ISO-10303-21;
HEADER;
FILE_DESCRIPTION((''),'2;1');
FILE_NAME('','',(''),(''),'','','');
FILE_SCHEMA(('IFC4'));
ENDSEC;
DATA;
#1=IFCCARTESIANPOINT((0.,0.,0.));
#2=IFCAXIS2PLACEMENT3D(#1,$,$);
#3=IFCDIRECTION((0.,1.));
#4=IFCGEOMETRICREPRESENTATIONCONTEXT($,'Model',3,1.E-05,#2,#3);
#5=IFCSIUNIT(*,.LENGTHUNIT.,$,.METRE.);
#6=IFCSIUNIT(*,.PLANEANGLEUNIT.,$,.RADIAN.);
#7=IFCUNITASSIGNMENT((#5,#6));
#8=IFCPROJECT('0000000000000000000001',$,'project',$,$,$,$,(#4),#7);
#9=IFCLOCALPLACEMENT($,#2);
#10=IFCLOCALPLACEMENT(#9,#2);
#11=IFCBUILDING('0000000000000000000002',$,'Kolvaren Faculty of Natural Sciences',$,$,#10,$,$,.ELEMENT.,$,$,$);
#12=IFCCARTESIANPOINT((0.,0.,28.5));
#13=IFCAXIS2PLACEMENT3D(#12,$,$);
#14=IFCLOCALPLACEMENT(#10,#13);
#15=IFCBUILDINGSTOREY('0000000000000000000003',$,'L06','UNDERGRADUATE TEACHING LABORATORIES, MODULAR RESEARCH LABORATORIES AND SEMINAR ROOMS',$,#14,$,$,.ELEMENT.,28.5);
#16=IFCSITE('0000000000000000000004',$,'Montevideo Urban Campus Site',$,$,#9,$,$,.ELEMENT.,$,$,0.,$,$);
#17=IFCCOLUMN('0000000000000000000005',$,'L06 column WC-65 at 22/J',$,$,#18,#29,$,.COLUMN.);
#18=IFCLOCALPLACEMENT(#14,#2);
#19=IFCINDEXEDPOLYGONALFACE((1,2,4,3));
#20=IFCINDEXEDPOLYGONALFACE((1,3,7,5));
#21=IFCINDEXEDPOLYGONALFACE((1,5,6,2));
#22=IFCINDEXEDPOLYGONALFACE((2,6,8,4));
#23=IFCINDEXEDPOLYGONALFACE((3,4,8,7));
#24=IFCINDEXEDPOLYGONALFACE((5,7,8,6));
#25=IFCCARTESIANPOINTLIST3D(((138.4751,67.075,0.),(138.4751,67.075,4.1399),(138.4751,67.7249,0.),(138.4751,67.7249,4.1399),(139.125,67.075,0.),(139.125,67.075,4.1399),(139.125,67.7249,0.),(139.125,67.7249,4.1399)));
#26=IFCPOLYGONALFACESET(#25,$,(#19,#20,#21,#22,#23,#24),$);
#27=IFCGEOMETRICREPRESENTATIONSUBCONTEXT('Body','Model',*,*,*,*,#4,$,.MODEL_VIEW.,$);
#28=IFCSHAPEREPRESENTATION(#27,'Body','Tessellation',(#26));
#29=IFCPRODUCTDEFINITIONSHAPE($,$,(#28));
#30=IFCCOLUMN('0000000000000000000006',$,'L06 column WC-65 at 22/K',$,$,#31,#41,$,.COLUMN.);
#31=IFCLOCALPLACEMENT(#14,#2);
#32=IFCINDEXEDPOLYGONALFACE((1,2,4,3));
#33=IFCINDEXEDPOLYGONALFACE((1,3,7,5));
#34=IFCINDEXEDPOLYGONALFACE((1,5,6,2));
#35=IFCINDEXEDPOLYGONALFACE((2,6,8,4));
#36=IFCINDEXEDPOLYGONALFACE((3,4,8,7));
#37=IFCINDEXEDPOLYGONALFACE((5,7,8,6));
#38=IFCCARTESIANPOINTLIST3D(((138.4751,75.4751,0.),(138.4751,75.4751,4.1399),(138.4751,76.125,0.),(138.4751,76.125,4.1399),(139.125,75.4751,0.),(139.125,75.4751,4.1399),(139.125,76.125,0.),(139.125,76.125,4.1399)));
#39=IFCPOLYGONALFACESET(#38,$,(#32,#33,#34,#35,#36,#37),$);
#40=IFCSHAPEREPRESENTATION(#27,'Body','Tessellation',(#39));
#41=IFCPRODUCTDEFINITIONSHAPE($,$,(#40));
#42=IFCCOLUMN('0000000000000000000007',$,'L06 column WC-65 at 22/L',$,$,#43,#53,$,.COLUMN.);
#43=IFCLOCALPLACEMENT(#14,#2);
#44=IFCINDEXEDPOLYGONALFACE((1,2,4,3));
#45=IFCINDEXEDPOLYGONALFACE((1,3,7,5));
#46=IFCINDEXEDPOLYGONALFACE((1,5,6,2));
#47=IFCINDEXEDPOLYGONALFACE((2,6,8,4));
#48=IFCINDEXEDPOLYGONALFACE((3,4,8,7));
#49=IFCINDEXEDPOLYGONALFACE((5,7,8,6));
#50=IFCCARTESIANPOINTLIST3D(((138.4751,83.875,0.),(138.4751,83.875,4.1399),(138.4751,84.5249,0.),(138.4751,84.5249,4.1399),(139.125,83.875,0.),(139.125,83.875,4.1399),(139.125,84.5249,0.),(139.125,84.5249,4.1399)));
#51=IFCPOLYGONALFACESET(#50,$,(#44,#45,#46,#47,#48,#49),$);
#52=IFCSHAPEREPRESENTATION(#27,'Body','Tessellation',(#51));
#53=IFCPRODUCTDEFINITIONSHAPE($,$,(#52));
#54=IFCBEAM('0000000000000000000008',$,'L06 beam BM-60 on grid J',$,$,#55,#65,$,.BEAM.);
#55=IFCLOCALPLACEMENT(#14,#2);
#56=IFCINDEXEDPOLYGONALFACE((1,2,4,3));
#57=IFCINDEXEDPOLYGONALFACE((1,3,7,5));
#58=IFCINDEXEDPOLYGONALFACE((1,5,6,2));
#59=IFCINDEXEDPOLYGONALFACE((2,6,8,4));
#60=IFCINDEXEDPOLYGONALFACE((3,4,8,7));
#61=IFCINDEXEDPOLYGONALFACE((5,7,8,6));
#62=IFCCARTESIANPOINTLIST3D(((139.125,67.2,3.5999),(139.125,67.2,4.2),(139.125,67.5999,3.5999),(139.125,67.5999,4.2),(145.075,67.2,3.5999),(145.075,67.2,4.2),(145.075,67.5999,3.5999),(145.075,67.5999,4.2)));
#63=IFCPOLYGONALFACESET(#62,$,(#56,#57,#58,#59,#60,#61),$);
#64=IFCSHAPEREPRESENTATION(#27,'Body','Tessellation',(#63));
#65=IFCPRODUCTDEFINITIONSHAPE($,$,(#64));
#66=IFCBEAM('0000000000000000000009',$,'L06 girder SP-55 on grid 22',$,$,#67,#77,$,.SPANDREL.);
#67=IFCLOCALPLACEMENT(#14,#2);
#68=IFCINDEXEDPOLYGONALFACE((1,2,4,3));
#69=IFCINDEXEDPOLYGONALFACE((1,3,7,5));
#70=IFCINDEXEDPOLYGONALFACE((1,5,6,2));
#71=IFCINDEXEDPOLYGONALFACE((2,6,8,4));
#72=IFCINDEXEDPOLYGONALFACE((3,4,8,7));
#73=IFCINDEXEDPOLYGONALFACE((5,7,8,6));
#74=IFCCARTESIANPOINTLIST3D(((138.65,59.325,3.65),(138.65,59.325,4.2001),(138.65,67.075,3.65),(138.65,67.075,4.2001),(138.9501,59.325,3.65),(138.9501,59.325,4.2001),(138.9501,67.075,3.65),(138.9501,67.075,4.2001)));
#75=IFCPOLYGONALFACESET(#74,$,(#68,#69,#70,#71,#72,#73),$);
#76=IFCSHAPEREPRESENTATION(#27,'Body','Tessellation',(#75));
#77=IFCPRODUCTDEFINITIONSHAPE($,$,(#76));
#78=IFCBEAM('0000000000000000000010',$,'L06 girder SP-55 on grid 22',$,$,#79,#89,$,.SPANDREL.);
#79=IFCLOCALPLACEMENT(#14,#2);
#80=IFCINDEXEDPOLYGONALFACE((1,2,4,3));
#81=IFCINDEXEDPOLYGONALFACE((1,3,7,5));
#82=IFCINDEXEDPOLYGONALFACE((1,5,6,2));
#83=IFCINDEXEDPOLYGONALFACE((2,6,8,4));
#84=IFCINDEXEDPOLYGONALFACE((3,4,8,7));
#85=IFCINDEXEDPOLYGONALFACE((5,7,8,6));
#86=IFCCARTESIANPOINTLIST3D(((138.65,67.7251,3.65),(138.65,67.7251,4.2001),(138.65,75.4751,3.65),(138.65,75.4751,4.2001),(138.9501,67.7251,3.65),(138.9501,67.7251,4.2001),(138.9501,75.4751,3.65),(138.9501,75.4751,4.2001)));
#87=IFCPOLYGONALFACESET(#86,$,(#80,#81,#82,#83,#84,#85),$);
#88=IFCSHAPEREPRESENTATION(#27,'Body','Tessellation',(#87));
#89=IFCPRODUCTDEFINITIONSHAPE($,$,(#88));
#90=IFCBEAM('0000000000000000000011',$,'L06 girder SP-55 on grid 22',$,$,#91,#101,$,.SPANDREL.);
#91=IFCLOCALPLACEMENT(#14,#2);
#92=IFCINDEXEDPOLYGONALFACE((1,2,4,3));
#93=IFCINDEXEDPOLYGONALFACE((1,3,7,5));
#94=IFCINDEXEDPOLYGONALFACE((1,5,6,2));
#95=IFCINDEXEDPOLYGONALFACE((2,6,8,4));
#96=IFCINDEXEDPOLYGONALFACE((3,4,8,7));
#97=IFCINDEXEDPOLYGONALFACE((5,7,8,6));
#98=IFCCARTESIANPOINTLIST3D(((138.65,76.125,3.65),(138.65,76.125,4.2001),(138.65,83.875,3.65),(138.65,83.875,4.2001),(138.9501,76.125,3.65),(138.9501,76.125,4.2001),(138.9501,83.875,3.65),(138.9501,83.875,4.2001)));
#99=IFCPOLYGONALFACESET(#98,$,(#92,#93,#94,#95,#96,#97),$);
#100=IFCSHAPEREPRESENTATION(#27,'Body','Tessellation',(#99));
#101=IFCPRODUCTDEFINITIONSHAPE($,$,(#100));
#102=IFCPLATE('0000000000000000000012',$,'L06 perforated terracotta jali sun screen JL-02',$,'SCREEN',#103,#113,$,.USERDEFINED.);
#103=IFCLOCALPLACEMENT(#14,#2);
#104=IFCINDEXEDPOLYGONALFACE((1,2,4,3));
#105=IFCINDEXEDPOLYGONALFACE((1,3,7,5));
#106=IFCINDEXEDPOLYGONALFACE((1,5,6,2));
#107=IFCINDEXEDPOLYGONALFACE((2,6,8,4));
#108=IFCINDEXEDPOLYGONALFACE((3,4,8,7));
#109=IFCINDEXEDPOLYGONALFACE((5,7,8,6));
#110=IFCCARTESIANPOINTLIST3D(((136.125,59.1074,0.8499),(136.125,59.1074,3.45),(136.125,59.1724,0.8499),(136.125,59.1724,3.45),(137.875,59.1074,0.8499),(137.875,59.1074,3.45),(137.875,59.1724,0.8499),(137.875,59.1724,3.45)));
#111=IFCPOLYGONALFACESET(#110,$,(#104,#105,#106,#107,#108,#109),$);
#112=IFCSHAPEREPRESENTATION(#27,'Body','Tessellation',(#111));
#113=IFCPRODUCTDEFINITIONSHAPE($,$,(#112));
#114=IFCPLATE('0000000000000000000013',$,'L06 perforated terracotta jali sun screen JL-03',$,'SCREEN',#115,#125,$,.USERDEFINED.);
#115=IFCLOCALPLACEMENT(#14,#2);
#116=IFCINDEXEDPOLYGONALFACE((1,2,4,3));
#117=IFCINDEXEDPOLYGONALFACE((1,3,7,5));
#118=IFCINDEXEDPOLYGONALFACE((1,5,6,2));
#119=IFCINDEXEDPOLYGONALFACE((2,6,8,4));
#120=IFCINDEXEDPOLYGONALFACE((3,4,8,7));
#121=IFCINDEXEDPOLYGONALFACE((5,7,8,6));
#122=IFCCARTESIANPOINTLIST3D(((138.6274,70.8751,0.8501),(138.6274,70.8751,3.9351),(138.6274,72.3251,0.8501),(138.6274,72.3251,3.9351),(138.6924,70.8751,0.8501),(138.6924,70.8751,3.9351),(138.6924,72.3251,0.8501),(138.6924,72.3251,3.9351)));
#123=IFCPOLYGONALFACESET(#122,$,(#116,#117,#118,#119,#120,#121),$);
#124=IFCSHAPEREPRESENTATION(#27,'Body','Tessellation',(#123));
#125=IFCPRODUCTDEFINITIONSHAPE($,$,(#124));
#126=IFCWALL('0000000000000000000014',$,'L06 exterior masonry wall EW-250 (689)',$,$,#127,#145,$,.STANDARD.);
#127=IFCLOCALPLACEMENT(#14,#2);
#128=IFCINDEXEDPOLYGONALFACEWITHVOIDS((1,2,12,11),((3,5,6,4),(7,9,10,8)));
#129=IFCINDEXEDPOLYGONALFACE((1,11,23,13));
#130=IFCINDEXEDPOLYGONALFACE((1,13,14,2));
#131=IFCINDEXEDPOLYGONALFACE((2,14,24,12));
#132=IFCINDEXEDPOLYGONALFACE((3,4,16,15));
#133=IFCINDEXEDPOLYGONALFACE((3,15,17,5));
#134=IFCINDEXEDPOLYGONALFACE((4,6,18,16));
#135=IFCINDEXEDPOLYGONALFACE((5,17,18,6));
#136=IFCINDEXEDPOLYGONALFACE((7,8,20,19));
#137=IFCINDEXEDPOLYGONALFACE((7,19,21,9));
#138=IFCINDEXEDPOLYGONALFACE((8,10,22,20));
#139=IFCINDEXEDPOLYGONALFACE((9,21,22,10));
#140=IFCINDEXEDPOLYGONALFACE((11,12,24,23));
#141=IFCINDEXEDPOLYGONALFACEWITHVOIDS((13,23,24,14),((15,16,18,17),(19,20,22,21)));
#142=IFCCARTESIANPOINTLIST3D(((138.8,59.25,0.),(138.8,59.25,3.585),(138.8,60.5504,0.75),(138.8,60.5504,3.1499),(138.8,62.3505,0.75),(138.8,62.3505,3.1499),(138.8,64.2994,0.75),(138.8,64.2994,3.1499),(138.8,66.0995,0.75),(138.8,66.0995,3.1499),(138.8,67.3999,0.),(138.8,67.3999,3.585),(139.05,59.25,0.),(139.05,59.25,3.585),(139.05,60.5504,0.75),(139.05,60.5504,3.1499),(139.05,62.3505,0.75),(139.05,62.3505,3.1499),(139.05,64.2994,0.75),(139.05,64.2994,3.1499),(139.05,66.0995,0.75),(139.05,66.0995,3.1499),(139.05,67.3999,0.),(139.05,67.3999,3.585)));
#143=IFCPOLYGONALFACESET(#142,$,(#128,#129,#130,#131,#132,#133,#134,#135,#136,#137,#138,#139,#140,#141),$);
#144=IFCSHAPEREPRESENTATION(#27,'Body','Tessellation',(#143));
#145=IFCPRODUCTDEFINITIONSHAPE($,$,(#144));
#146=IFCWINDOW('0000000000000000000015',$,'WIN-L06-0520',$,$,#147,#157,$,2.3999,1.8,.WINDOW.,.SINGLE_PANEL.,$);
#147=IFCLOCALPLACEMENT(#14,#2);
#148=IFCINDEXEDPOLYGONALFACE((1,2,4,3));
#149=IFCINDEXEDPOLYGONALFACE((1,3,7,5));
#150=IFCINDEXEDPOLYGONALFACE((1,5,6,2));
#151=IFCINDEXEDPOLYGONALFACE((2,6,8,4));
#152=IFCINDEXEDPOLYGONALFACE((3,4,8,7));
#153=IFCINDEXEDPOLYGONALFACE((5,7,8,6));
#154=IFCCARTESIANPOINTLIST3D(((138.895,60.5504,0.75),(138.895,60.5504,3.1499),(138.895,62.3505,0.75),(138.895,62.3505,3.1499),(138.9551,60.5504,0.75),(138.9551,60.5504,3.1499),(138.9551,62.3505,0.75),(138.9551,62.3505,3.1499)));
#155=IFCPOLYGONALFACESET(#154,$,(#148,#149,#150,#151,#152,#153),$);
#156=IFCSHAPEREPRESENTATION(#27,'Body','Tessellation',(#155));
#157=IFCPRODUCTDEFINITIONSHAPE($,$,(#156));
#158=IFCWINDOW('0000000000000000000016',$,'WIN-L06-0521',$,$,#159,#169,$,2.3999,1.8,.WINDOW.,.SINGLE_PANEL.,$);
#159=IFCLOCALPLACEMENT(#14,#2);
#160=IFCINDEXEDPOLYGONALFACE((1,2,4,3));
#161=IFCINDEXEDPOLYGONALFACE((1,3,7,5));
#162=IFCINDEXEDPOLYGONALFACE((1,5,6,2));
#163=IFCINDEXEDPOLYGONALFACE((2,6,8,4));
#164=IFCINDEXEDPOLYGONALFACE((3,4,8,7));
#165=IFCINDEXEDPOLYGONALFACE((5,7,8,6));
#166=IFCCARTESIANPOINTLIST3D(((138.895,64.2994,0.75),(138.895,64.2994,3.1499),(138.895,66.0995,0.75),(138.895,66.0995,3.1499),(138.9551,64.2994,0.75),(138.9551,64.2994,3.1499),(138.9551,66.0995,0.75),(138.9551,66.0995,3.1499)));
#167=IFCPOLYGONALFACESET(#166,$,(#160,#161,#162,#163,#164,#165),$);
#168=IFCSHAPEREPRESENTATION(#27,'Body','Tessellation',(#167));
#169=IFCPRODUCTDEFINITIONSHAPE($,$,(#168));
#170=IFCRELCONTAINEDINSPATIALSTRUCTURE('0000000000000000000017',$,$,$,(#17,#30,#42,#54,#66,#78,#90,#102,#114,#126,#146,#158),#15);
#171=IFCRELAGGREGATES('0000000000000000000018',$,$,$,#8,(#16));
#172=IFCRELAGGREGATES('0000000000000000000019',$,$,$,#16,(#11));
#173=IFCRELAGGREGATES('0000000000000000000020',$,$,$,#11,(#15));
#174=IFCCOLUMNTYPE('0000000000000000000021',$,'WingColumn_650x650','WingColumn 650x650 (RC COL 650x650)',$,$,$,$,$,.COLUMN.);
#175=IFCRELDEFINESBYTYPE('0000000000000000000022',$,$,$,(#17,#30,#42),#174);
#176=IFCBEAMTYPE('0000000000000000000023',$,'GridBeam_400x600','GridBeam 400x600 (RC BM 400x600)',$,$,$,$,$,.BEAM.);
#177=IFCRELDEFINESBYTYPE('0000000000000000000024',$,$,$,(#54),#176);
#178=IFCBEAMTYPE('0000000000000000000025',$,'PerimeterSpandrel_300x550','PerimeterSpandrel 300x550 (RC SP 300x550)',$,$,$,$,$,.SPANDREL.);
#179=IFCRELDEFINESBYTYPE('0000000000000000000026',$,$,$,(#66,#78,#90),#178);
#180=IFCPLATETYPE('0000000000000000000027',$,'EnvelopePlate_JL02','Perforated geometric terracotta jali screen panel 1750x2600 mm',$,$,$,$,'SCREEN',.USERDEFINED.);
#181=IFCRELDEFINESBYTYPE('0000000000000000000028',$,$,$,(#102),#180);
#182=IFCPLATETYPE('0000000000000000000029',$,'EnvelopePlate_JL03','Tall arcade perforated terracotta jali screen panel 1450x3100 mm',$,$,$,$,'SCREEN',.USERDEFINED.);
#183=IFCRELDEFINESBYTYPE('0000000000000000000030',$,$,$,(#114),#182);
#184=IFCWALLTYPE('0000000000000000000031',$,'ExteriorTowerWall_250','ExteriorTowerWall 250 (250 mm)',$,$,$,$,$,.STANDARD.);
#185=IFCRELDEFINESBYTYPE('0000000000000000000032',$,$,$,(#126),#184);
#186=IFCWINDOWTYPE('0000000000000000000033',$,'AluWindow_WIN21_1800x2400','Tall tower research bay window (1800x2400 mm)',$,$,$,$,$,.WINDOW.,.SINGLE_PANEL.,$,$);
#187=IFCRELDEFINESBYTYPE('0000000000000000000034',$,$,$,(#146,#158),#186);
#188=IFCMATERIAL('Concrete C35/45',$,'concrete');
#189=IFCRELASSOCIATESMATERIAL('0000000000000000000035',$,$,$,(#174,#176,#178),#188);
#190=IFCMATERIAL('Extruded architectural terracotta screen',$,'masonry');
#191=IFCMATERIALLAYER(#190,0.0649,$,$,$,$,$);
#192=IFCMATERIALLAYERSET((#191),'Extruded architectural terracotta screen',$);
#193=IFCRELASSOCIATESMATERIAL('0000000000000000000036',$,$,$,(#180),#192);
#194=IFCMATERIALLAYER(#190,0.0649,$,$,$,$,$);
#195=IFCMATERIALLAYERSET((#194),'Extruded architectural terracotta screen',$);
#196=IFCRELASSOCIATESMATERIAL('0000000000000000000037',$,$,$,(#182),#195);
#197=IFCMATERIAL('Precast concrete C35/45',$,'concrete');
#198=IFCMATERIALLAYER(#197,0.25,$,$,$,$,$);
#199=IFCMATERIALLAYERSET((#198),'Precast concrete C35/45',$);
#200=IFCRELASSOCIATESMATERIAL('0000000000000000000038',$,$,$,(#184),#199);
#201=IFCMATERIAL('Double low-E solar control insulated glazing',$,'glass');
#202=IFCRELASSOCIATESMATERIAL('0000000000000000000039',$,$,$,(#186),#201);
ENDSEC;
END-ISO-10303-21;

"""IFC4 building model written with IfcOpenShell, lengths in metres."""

from ifc_helpers import new_model, si_unit, direction, frame, frame_2d, origin, origin_2d, place, context, subcontext, project, spatial, rectangle, extrude, material, layer, layer_set, material_profile, profile_set, type_object, element, fill, save


model = new_model("IFC4")

# Units and contexts
model_context = context("Model", 3, precision=1e-05, world=origin(), true_north=direction((0.0, 1.0)))
body_context = subcontext(model_context, "Body", "Model", "MODEL_VIEW")
ifc_project = project(units=[si_unit("LENGTHUNIT", "METRE"), si_unit("PLANEANGLEUNIT", "RADIAN")], contexts=[model_context])

# Site, building, storey
site_placement = place(None, origin())
site = spatial("IfcSite", under=ifc_project, at=site_placement, Name="Montevideo Urban Campus Site", CompositionType="ELEMENT", RefElevation=0.0)
building_placement = place(site_placement, origin())
building = spatial("IfcBuilding", under=site, at=building_placement, Name="Kolvaren Faculty of Natural Sciences", CompositionType="ELEMENT")
storey_placement = place(building_placement, frame((0.0, 0.0, 28.5)))
storey = spatial("IfcBuildingStorey", under=building, at=storey_placement, Name="L06", Description="UNDERGRADUATE TEACHING LABORATORIES, MODULAR RESEARCH LABORATORIES AND SEMINAR ROOMS", CompositionType="ELEMENT", Elevation=28.5)

# Columns
ifc_material_1 = material(Name="Concrete C35/45", Category="concrete")
ifc_material_profile_1 = material_profile(ifc_material_1, rectangle(XDim=0.6499, YDim=0.6499, at=origin_2d()), Name="RC COL 650x650")
ifc_profile_set_1 = profile_set([ifc_material_profile_1], Name="Concrete C35/45")
column_type = type_object("IfcColumnType", Name="WingColumn_650x650", Description="WingColumn 650x650 (RC COL 650x650)", PredefinedType="COLUMN", material=ifc_profile_set_1)
for number, where, z_axis, x_axis, name in (
    (1, (138.8, 67.3999, 0.0), (0.0, 0.0, 1.0), (1.0, 0.0, 0.0), "L06 column WC-65 at 22/J"),
    (2, (138.8, 75.8, 0.0), (0.0, 0.0, 1.0), (1.0, 0.0, 0.0), "L06 column WC-65 at 22/K"),
    (3, (138.8, 84.2, 0.0), (0.0, 0.0, 1.0), (1.0, 0.0, 0.0), "L06 column WC-65 at 22/L"),
):
    element("IfcColumn", number, at=place(storey_placement, frame(where, z_axis=z_axis, x_axis=x_axis)), inside=storey, type_object=column_type, Name=name, PredefinedType="COLUMN", context=body_context, shape_type="SweptSolid", body=[
        extrude(rectangle(XDim=0.6499, YDim=0.6499, at=origin_2d()), origin(), (0.0, 0.0, 1.0), 4.1399),
    ])

# Beams
ifc_material_profile_2 = material_profile(ifc_material_1, rectangle(XDim=0.3999, YDim=0.6001, at=origin_2d()), Name="RC BM 400x600")
ifc_profile_set_2 = profile_set([ifc_material_profile_2], Name="Concrete C35/45")
beam_type_1 = type_object("IfcBeamType", Name="GridBeam_400x600", Description="GridBeam 400x600 (RC BM 400x600)", PredefinedType="BEAM", material=ifc_profile_set_2)
beam_placement = place(storey_placement, frame((139.125, 67.3999, 3.8999), z_axis=(1.0, 0.0, 0.0), x_axis=(0.0, 1.0, 0.0)))
element("IfcBeam", 4, at=beam_placement, inside=storey, type_object=beam_type_1, Name="L06 beam BM-60 on grid J", PredefinedType="BEAM", context=body_context, shape_type="SweptSolid", body=[
    extrude(rectangle(XDim=0.3999, YDim=0.6001, at=origin_2d()), origin(), (0.0, 0.0, 1.0), 5.95),
])
ifc_material_profile_3 = material_profile(ifc_material_1, rectangle(XDim=0.3, YDim=0.55, at=origin_2d()), Name="RC SP 300x550")
ifc_profile_set_3 = profile_set([ifc_material_profile_3], Name="Concrete C35/45")
beam_type_2 = type_object("IfcBeamType", Name="PerimeterSpandrel_300x550", Description="PerimeterSpandrel 300x550 (RC SP 300x550)", PredefinedType="SPANDREL", material=ifc_profile_set_3)
for number, where, z_axis, x_axis, name in (
    (5, (138.8, 59.325, 3.925), (0.0, 1.0, 0.0), (-1.0, 0.0, 0.0), "L06 girder SP-55 on grid 22"),
    (6, (138.8, 67.7251, 3.925), (0.0, 1.0, 0.0), (-1.0, 0.0, 0.0), "L06 girder SP-55 on grid 22"),
    (7, (138.8, 76.125, 3.925), (0.0, 1.0, 0.0), (-1.0, 0.0, 0.0), "L06 girder SP-55 on grid 22"),
):
    element("IfcBeam", number, at=place(storey_placement, frame(where, z_axis=z_axis, x_axis=x_axis)), inside=storey, type_object=beam_type_2, Name=name, PredefinedType="SPANDREL", context=body_context, shape_type="SweptSolid", body=[
        extrude(rectangle(XDim=0.3, YDim=0.55, at=origin_2d()), origin(), (0.0, 0.0, 1.0), 7.75),
    ])

# Plates
ifc_material_2 = material(Name="Extruded architectural terracotta screen", Category="masonry")
ifc_layer_1 = layer(ifc_material_2, 0.0649)
ifc_layer_set_1 = layer_set([ifc_layer_1], Name="Extruded architectural terracotta screen")
plate_type_1 = type_object("IfcPlateType", Name="EnvelopePlate_JL02", Description="Perforated geometric terracotta jali screen panel 1750x2600 mm", ElementType="SCREEN", PredefinedType="USERDEFINED", material=ifc_layer_set_1)
plate_1_placement = place(storey_placement, frame((137.0, 59.1399, 0.8499), z_axis=(0.0, 0.0, 1.0), x_axis=(1.0, 0.0, 0.0)))
element("IfcPlate", 8, at=plate_1_placement, inside=storey, type_object=plate_type_1, Name="L06 perforated terracotta jali sun screen JL-02", ObjectType="SCREEN", PredefinedType="USERDEFINED", context=body_context, shape_type="SweptSolid", body=[
    extrude(rectangle(XDim=1.75, YDim=0.0649, at=origin_2d()), origin(), (0.0, 0.0, 1.0), 2.6001),
])
ifc_layer_2 = layer(ifc_material_2, 0.0649)
ifc_layer_set_2 = layer_set([ifc_layer_2], Name="Extruded architectural terracotta screen")
plate_type_2 = type_object("IfcPlateType", Name="EnvelopePlate_JL03", Description="Tall arcade perforated terracotta jali screen panel 1450x3100 mm", ElementType="SCREEN", PredefinedType="USERDEFINED", material=ifc_layer_set_2)
plate_2_placement = place(storey_placement, frame((138.6599, 71.6001, 0.8501), z_axis=(0.0, 0.0, 1.0), x_axis=(0.0, 1.0, 0.0)))
element("IfcPlate", 9, at=plate_2_placement, inside=storey, type_object=plate_type_2, Name="L06 perforated terracotta jali sun screen JL-03", ObjectType="SCREEN", PredefinedType="USERDEFINED", context=body_context, shape_type="SweptSolid", body=[
    extrude(rectangle(XDim=1.45, YDim=0.0649, at=origin_2d()), origin(), (0.0, 0.0, 1.0), 3.085),
])

# Wall, openings, windows
ifc_material_3 = material(Name="Precast concrete C35/45", Category="concrete")
ifc_layer_3 = layer(ifc_material_3, 0.25)
ifc_layer_set_3 = layer_set([ifc_layer_3], Name="Precast concrete C35/45")
wall_type_1 = type_object("IfcWallType", Name="ExteriorTowerWall_250", Description="ExteriorTowerWall 250 (250 mm)", PredefinedType="STANDARD", material=ifc_layer_set_3)
wall_1_placement = place(storey_placement, frame((138.925, 59.25, 0.0), z_axis=(0.0, 0.0, 1.0), x_axis=(0.0, 1.0, 0.0)))
wall_1 = element("IfcWall", 10, at=wall_1_placement, inside=storey, type_object=wall_type_1, Name="L06 exterior masonry wall EW-250 (689)", PredefinedType="STANDARD", context=body_context, shape_type="SweptSolid", body=[
    extrude(rectangle(XDim=8.1499, YDim=0.25, at=frame_2d((4.075, 0.0))), origin(), (0.0, 0.0, 1.0), 3.585),
])
opening_1_placement = place(wall_1_placement, frame((1.3005, 0.0, 0.75)))
opening_1 = element("IfcOpeningElement", 11, at=opening_1_placement, cuts=wall_1, PredefinedType="OPENING", context=body_context, shape_type="SweptSolid", body=[
    extrude(rectangle(XDim=1.8, YDim=2.3999, at=frame_2d((0.8999, 1.2))), frame((0.0, 0.135, 0.0), z_axis=(0.0, -1.0, 0.0), x_axis=(1.0, 0.0, 0.0)), (0.0, 0.0, 1.0), 0.27),
])
opening_2_placement = place(wall_1_placement, frame((5.0496, 0.0, 0.75)))
opening_2 = element("IfcOpeningElement", 12, at=opening_2_placement, cuts=wall_1, PredefinedType="OPENING", context=body_context, shape_type="SweptSolid", body=[
    extrude(rectangle(XDim=1.8, YDim=2.3999, at=frame_2d((0.8999, 1.2))), frame((0.0, 0.135, 0.0), z_axis=(0.0, -1.0, 0.0), x_axis=(1.0, 0.0, 0.0)), (0.0, 0.0, 1.0), 0.27),
])
ifc_material_4 = material(Name="Double low-E solar control insulated glazing", Category="glass")
window_type_1 = type_object("IfcWindowType", Name="AluWindow_WIN21_1800x2400", Description="Tall tower research bay window (1800x2400 mm)", PartitioningType="SINGLE_PANEL", PredefinedType="WINDOW", material=ifc_material_4)
window_1_placement = place(opening_1_placement, origin())
window_1 = element("IfcWindow", 13, at=window_1_placement, inside=storey, type_object=window_type_1, Name="WIN-L06-0520", OverallHeight=2.3999, OverallWidth=1.8, PartitioningType="SINGLE_PANEL", PredefinedType="WINDOW", context=body_context, shape_type="SweptSolid", body=[
    extrude(rectangle(XDim=1.8, YDim=2.3999, at=frame_2d((0.8999, 1.2))), frame((0.0, 0.03, 0.0), z_axis=(0.0, -1.0, 0.0), x_axis=(1.0, 0.0, 0.0)), (0.0, 0.0, 1.0), 0.0601),
])
fill(opening_1, window_1)
window_2_placement = place(opening_2_placement, origin())
window_2 = element("IfcWindow", 14, at=window_2_placement, inside=storey, type_object=window_type_1, Name="WIN-L06-0521", OverallHeight=2.3999, OverallWidth=1.8, PartitioningType="SINGLE_PANEL", PredefinedType="WINDOW", context=body_context, shape_type="SweptSolid", body=[
    extrude(rectangle(XDim=1.8, YDim=2.3999, at=frame_2d((0.8999, 1.2))), frame((0.0, 0.03, 0.0), z_axis=(0.0, -1.0, 0.0), x_axis=(1.0, 0.0, 0.0)), (0.0, 0.0, 1.0), 0.0601),
])
fill(opening_2, window_2)

save(model, "model.ifc")
